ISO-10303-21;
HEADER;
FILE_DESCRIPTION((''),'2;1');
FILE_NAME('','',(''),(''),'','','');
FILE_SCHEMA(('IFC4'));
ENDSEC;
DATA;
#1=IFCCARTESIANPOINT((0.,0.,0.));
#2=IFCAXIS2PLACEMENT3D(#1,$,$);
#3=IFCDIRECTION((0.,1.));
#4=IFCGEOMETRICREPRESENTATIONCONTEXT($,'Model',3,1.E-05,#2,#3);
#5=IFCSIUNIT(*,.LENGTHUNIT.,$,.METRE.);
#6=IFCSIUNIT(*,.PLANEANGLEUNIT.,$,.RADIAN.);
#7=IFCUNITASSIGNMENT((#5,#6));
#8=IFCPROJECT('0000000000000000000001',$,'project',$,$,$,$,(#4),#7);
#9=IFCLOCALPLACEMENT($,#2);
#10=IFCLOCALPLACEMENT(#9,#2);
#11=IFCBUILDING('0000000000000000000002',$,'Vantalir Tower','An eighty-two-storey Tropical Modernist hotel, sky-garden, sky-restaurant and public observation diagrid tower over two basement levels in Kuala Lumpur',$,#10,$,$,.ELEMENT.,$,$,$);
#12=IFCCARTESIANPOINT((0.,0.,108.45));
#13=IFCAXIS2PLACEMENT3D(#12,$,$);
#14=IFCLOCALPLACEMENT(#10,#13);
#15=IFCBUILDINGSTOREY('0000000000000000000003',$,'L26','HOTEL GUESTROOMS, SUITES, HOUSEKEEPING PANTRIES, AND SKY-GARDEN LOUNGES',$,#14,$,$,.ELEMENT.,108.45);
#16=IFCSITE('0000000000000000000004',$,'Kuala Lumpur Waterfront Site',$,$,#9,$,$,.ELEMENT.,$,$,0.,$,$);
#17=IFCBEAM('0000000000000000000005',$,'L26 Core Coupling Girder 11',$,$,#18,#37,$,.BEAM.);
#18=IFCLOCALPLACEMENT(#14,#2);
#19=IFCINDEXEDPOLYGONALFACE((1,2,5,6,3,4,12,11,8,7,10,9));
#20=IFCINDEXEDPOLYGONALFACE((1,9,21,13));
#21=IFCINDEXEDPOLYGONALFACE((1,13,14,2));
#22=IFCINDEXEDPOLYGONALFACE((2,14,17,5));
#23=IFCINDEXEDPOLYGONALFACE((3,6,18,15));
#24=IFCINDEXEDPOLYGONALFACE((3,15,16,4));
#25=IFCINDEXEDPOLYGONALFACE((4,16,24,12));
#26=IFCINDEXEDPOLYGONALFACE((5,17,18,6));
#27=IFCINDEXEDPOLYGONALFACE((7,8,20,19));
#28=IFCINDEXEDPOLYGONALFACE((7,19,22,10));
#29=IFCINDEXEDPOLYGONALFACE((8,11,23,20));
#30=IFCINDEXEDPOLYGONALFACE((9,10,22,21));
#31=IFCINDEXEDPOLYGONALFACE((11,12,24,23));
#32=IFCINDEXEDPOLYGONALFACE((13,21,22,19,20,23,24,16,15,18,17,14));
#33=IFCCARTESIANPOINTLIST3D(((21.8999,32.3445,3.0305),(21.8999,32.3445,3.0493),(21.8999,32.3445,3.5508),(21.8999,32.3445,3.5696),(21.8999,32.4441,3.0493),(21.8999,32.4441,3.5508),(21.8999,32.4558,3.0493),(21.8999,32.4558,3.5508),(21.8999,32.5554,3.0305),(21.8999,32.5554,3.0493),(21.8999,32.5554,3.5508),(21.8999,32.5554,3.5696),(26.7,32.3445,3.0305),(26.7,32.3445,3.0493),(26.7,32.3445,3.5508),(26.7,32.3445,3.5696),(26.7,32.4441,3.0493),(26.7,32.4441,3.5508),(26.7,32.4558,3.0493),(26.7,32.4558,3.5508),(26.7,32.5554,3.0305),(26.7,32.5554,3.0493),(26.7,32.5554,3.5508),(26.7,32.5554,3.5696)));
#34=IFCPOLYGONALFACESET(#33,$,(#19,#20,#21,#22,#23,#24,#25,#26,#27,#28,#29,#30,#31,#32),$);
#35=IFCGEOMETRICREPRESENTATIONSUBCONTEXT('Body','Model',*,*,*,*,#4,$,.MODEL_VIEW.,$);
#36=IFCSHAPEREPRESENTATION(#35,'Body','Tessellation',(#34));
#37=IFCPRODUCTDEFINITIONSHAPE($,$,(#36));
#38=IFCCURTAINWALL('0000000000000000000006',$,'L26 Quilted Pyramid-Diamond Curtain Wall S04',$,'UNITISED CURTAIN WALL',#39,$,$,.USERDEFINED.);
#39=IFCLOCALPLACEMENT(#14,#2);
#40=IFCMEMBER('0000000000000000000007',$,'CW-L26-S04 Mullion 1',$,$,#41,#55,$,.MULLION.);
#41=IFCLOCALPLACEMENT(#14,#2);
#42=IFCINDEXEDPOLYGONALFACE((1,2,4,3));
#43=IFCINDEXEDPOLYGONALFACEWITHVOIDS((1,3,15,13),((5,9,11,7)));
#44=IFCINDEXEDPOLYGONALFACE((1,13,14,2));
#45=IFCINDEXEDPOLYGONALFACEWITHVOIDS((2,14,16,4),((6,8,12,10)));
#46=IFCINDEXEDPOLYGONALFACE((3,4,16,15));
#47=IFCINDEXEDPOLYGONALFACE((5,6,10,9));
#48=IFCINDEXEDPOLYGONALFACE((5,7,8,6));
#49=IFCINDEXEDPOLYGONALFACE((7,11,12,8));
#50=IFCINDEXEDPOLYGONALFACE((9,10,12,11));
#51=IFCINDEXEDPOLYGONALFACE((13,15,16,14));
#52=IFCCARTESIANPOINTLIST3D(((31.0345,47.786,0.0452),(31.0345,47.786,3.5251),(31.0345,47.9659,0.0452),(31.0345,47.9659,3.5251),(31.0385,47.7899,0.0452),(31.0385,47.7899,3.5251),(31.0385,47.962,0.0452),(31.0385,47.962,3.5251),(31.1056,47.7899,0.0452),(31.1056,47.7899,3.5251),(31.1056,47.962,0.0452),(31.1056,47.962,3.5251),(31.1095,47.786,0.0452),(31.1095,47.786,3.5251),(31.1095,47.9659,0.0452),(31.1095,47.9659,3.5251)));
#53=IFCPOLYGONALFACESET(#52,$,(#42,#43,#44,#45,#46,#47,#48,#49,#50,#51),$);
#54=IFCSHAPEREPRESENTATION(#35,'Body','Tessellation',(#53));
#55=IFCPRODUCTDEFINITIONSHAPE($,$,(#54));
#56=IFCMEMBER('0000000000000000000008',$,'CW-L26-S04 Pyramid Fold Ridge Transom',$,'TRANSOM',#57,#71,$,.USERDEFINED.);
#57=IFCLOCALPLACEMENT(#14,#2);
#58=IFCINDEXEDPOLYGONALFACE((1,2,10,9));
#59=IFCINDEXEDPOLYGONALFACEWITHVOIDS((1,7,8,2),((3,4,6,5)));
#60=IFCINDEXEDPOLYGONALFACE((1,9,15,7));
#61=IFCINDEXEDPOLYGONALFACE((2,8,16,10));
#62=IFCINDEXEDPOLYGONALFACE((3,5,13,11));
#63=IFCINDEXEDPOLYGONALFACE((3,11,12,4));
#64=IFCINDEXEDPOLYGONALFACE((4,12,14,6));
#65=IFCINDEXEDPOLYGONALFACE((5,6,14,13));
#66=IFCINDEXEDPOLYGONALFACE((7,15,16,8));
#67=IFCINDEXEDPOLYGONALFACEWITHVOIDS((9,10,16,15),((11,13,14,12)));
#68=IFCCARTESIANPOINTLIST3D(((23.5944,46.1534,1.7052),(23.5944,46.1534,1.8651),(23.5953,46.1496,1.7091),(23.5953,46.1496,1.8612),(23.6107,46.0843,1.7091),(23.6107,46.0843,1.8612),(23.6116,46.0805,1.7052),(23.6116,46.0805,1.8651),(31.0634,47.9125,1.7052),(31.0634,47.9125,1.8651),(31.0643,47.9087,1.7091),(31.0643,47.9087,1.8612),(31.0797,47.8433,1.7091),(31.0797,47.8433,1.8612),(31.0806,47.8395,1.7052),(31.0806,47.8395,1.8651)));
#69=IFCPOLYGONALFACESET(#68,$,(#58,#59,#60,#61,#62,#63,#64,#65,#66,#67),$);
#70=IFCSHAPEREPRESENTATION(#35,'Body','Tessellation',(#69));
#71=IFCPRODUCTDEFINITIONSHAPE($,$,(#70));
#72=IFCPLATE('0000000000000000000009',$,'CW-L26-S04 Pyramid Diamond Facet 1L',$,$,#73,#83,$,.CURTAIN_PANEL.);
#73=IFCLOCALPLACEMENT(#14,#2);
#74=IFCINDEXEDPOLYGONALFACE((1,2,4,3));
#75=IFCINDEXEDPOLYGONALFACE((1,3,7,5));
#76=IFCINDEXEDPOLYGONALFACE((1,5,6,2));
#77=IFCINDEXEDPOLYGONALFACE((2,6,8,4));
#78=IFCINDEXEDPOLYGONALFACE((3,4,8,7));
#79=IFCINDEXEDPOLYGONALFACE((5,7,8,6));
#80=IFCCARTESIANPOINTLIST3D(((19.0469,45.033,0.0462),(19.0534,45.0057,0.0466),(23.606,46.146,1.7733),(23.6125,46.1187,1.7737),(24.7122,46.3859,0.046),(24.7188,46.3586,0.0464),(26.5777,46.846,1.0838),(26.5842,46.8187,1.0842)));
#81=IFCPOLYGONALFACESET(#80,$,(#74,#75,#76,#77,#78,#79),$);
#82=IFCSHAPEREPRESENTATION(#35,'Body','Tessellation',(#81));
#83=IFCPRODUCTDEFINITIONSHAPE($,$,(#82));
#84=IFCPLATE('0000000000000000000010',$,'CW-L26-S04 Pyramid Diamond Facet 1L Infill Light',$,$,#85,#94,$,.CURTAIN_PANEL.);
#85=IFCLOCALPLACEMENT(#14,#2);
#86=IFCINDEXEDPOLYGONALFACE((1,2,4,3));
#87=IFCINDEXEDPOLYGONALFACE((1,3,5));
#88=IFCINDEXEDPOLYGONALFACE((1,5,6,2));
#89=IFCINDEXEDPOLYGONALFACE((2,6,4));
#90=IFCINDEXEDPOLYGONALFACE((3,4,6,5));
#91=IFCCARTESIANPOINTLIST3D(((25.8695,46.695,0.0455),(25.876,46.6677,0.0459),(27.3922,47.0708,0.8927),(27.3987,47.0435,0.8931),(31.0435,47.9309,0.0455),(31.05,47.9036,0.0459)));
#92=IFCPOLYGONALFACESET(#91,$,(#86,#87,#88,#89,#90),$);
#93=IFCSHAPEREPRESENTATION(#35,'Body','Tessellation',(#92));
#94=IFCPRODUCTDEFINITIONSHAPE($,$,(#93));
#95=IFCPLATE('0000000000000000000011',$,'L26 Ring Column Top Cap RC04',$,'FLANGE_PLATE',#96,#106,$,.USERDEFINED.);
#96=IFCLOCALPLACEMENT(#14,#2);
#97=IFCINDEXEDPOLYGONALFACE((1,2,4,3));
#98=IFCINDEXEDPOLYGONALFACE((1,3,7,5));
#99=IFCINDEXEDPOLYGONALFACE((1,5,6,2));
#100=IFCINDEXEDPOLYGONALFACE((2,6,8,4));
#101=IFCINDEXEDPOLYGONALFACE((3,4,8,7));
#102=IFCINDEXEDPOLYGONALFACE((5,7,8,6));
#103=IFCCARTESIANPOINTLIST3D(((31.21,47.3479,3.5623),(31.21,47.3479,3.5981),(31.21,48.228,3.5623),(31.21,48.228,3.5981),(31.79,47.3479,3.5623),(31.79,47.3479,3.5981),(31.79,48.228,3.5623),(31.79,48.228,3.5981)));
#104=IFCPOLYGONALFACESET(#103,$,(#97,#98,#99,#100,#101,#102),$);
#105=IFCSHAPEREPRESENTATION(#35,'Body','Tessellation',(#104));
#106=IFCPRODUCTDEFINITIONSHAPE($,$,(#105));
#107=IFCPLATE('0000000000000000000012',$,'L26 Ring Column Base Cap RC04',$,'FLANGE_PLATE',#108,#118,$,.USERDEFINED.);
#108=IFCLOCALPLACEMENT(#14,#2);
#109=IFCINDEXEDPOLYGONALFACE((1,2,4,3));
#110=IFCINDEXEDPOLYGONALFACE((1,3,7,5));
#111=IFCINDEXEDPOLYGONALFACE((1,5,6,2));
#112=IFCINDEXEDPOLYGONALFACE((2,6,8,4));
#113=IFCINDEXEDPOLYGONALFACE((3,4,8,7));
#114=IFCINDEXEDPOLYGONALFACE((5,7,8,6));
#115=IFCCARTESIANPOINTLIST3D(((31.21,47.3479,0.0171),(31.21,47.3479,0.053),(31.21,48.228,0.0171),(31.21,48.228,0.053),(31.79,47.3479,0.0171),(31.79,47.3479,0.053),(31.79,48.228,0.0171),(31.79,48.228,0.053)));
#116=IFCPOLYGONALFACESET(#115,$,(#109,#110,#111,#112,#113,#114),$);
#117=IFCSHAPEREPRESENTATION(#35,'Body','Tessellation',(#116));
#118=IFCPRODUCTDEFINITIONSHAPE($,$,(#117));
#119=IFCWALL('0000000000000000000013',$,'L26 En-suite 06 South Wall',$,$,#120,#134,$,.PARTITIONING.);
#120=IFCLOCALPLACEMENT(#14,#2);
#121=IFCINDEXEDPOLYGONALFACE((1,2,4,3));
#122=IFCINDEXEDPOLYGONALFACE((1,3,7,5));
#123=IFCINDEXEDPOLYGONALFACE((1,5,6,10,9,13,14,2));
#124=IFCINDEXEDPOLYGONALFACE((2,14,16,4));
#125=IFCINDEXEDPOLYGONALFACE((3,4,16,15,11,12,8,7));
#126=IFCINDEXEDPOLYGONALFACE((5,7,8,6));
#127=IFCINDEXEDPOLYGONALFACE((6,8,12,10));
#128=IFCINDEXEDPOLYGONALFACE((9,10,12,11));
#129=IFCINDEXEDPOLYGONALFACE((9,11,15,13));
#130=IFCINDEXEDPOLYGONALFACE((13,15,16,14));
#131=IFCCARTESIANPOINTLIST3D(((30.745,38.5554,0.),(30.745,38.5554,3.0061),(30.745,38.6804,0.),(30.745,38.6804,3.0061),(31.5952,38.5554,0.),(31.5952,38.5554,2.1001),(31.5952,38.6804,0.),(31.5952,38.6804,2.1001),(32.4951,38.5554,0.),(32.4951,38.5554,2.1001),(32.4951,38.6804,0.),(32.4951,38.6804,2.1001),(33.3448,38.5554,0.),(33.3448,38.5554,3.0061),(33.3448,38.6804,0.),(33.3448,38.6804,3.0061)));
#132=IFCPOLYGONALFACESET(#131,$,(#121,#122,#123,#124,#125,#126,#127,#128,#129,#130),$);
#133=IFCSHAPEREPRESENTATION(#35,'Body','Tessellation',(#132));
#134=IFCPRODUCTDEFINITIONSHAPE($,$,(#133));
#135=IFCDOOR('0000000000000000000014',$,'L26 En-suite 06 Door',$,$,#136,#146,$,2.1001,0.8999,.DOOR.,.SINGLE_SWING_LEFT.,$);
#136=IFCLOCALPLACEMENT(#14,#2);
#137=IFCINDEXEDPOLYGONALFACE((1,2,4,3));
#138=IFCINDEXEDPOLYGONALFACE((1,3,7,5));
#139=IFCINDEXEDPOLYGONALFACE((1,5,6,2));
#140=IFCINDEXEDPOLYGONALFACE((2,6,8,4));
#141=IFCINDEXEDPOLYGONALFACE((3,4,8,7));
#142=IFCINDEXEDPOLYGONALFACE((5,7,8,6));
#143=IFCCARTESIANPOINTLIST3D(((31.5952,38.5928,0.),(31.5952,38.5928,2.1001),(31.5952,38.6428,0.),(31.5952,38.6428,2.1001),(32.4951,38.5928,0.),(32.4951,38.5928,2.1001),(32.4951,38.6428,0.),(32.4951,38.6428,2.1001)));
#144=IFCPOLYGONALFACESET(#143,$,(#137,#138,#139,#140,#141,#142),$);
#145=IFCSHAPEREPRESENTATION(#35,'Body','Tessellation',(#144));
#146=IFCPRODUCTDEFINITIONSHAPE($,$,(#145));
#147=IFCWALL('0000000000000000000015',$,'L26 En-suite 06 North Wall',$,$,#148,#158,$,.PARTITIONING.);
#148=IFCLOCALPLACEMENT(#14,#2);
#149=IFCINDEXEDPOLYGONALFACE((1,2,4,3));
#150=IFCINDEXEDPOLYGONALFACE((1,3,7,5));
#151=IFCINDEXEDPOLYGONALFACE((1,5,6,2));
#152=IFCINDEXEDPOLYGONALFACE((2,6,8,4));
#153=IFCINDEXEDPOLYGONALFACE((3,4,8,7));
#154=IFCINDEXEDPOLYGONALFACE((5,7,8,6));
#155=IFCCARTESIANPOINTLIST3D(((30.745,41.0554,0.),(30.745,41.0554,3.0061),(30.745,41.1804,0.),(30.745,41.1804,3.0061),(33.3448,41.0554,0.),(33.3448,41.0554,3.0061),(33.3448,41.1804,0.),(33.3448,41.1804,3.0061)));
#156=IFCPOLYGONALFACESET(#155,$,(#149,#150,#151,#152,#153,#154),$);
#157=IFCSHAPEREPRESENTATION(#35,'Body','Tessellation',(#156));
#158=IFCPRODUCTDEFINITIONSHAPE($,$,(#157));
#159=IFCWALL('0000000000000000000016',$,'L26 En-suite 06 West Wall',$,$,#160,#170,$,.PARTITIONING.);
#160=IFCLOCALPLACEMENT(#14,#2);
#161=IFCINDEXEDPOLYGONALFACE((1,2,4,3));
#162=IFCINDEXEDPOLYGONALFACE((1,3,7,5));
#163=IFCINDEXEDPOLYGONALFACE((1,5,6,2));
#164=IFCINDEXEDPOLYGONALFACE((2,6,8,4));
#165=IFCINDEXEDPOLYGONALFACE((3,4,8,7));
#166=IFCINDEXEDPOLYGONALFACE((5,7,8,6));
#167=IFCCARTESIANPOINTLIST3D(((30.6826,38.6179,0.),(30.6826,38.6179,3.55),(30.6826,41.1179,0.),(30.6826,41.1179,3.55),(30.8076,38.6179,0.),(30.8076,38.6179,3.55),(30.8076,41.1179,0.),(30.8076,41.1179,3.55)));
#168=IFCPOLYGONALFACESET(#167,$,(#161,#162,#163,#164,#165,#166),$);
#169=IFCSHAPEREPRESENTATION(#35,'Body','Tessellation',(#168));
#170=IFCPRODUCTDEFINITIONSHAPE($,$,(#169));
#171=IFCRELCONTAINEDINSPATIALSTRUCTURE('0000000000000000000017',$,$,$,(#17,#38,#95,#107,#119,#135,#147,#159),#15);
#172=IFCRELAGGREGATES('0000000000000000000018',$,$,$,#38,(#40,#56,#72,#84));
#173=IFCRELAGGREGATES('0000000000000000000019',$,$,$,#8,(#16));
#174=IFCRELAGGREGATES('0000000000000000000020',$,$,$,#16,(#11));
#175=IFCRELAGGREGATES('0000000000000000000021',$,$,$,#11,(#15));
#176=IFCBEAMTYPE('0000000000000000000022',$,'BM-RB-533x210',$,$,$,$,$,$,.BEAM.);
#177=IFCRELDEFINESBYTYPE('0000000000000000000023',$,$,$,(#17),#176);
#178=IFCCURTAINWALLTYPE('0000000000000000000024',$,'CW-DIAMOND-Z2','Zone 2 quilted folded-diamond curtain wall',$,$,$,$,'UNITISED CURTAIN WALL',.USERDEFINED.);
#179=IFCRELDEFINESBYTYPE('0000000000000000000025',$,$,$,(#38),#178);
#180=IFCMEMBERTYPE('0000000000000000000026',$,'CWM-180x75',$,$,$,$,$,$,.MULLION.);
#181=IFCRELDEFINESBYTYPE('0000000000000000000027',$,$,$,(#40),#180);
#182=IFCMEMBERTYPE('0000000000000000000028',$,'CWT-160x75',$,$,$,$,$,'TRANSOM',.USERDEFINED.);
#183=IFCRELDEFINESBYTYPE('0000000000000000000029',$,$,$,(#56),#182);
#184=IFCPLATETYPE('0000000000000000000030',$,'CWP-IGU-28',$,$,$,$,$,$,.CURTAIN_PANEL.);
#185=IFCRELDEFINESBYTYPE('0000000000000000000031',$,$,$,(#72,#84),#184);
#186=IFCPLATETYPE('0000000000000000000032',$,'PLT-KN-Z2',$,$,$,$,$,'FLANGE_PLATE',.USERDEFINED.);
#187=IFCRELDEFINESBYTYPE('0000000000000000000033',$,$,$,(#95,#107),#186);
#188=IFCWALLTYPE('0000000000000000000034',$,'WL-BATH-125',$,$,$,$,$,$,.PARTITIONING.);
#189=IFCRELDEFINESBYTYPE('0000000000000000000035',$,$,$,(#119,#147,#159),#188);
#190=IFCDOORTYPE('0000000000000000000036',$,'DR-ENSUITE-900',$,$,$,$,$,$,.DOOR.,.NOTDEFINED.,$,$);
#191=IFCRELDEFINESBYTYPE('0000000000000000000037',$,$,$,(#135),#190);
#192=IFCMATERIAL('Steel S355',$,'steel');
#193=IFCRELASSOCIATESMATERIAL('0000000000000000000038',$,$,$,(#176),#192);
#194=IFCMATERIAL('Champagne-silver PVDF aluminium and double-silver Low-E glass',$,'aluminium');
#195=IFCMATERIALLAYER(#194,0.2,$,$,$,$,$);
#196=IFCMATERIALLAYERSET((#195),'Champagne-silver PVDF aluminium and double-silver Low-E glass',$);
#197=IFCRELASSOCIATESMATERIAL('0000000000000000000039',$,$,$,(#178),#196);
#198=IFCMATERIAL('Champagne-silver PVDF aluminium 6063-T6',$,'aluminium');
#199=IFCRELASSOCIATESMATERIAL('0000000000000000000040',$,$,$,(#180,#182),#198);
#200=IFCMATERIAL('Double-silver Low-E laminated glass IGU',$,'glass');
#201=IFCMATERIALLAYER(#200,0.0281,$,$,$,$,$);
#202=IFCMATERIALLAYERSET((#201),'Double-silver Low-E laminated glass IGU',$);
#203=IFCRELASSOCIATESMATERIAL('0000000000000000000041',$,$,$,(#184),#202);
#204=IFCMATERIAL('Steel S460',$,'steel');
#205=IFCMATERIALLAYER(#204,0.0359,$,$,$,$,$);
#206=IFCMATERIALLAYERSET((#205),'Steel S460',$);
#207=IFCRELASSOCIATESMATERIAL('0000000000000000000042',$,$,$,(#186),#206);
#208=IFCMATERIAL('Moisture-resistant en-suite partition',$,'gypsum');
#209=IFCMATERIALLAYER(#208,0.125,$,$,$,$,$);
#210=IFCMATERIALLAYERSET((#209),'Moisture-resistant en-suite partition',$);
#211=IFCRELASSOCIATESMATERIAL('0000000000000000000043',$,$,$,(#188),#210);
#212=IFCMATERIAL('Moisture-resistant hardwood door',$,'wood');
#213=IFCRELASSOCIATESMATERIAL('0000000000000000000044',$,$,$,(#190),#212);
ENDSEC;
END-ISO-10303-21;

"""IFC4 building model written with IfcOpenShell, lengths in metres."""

from ifc_helpers import new_model, si_unit, direction, frame, frame_2d, origin, origin_2d, place, context, subcontext, project, spatial, polyline, rectangle, hollow_rectangle, i_section, outline, extrude, material, layer, layer_set, material_profile, profile_set, type_object, element, fill, aggregate, save


model = new_model("IFC4")

# Units and contexts
model_context = context("Model", 3, precision=1e-05, world=origin(), true_north=direction((0.0, 1.0)))
body_context = subcontext(model_context, "Body", "Model", "MODEL_VIEW")
ifc_project = project(units=[si_unit("LENGTHUNIT", "METRE"), si_unit("PLANEANGLEUNIT", "RADIAN")], contexts=[model_context])

# Site, building, storey
site_placement = place(None, origin())
site = spatial("IfcSite", under=ifc_project, at=site_placement, Name="Kuala Lumpur Waterfront Site", CompositionType="ELEMENT", RefElevation=0.0)
building_placement = place(site_placement, origin())
building = spatial("IfcBuilding", under=site, at=building_placement, Name="Vantalir Tower", Description="An eighty-two-storey Tropical Modernist hotel, sky-garden, sky-restaurant and public observation diagrid tower over two basement levels in Kuala Lumpur", CompositionType="ELEMENT")
storey_placement = place(building_placement, frame((0.0, 0.0, 108.45)))
storey = spatial("IfcBuildingStorey", under=building, at=storey_placement, Name="L26", Description="HOTEL GUESTROOMS, SUITES, HOUSEKEEPING PANTRIES, AND SKY-GARDEN LOUNGES", CompositionType="ELEMENT", Elevation=108.45)

# Beam
ifc_material_1 = material(Name="Steel S355", Category="steel")
ifc_material_profile_1 = material_profile(ifc_material_1, i_section(OverallWidth=0.2109, OverallDepth=0.5391, WebThickness=0.0117, FlangeThickness=0.0188, at=origin_2d()), Name="Steel S355")
ifc_profile_set_1 = profile_set([ifc_material_profile_1], Name="Steel S355")
beam_type = type_object("IfcBeamType", Name="BM-RB-533x210", PredefinedType="BEAM", material=ifc_profile_set_1)
beam_placement = place(storey_placement, frame((26.7, 32.45, 3.3), z_axis=(-1.0, 0.0, 0.0), x_axis=(0.0, -1.0, 0.0)))
element("IfcBeam", 1, at=beam_placement, inside=storey, type_object=beam_type, Name="L26 Core Coupling Girder 11", PredefinedType="BEAM", context=body_context, shape_type="SweptSolid", body=[
    extrude(i_section(OverallWidth=0.2109, OverallDepth=0.5391, WebThickness=0.0117, FlangeThickness=0.0188, at=origin_2d()), origin(), (0.0, 0.0, 1.0), 4.8),
])

# Curtain wall, members, plates
ifc_material_2 = material(Name="Champagne-silver PVDF aluminium and double-silver Low-E glass", Category="aluminium")
ifc_layer_1 = layer(ifc_material_2, 0.2)
ifc_layer_set_1 = layer_set([ifc_layer_1], Name="Champagne-silver PVDF aluminium and double-silver Low-E glass")
curtain_wall_type = type_object("IfcCurtainWallType", Name="CW-DIAMOND-Z2", Description="Zone 2 quilted folded-diamond curtain wall", ElementType="UNITISED CURTAIN WALL", PredefinedType="USERDEFINED", material=ifc_layer_set_1)
curtain_wall_placement = place(storey_placement, origin())
curtain_wall = element("IfcCurtainWall", 2, at=curtain_wall_placement, inside=storey, type_object=curtain_wall_type, Name="L26 Quilted Pyramid-Diamond Curtain Wall S04", ObjectType="UNITISED CURTAIN WALL", PredefinedType="USERDEFINED")
ifc_material_3 = material(Name="Champagne-silver PVDF aluminium 6063-T6", Category="aluminium")
ifc_material_profile_2 = material_profile(ifc_material_3, hollow_rectangle(XDim=0.075, YDim=0.1799, WallThickness=0.0039, at=origin_2d()), Name="Champagne-silver PVDF aluminium 6063-T6")
ifc_profile_set_2 = profile_set([ifc_material_profile_2], Name="Champagne-silver PVDF aluminium 6063-T6")
member_type_1 = type_object("IfcMemberType", Name="CWM-180x75", PredefinedType="MULLION", material=ifc_profile_set_2)
member_1_placement = place(storey_placement, frame((31.072, 47.876, 0.0452), z_axis=(0.0, 0.0, 1.0), x_axis=(1.0, 0.0, 0.0)))
member_1 = element("IfcMember", 3, at=member_1_placement, type_object=member_type_1, Name="CW-L26-S04 Mullion 1", PredefinedType="MULLION", context=body_context, shape_type="SweptSolid", body=[
    extrude(hollow_rectangle(XDim=0.075, YDim=0.1799, WallThickness=0.0039, at=origin_2d()), origin(), (0.0, 0.0, 1.0), 3.48),
])
ifc_material_profile_3 = material_profile(ifc_material_3, hollow_rectangle(XDim=0.075, YDim=0.1599, WallThickness=0.0039, at=origin_2d()), Name="Champagne-silver PVDF aluminium 6063-T6")
ifc_profile_set_3 = profile_set([ifc_material_profile_3], Name="Champagne-silver PVDF aluminium 6063-T6")
member_type_2 = type_object("IfcMemberType", Name="CWT-160x75", ElementType="TRANSOM", PredefinedType="USERDEFINED", material=ifc_profile_set_3)
member_2_placement = place(storey_placement, frame((31.072, 47.876, 1.7852), z_axis=(-0.97337, -0.22924, 0.0), x_axis=(0.22924, -0.97337, 0.0)))
member_2 = element("IfcMember", 4, at=member_2_placement, type_object=member_type_2, Name="CW-L26-S04 Pyramid Fold Ridge Transom", ObjectType="TRANSOM", PredefinedType="USERDEFINED", context=body_context, shape_type="SweptSolid", body=[
    extrude(hollow_rectangle(XDim=0.075, YDim=0.1599, WallThickness=0.0039, at=origin_2d()), origin(), (0.0, 0.0, 1.0), 7.6733),
])
ifc_material_4 = material(Name="Double-silver Low-E laminated glass IGU", Category="glass")
ifc_layer_2 = layer(ifc_material_4, 0.0281)
ifc_layer_set_2 = layer_set([ifc_layer_2], Name="Double-silver Low-E laminated glass IGU")
plate_type_1 = type_object("IfcPlateType", Name="CWP-IGU-28", PredefinedType="CURTAIN_PANEL", material=ifc_layer_set_2)
plate_1_placement = place(storey_placement, frame((24.7188, 46.3586, 0.0464), z_axis=(0.232261, -0.972558, 0.013619), x_axis=(-0.972648, -0.232282, 0.000042)))
plate_1 = element("IfcPlate", 5, at=plate_1_placement, type_object=plate_type_1, Name="CW-L26-S04 Pyramid Diamond Facet 1L", PredefinedType="CURTAIN_PANEL", context=body_context, shape_type="SweptSolid", body=[
    extrude(outline(polyline([(0.0, 0.0), (5.8246, 0.0), (1.1318, -1.7274), (-1.9213, -1.038), (0.0, 0.0)])), origin(), (0.0, 0.0, -1.0), 0.0281),
])
plate_2_placement = place(storey_placement, frame((31.05, 47.9036, 0.0459), z_axis=(0.232295, -0.972547, 0.013811), x_axis=(-0.97264, -0.232317, 0.0)))
plate_2 = element("IfcPlate", 6, at=plate_2_placement, type_object=plate_type_1, Name="CW-L26-S04 Pyramid Diamond Facet 1L Infill Light", PredefinedType="CURTAIN_PANEL", context=body_context, shape_type="SweptSolid", body=[
    extrude(outline(polyline([(0.0, 0.0), (5.3196, 0.0), (3.7513, -0.8472), (0.0, 0.0)])), origin(), (0.0, 0.0, -1.0), 0.0281),
])
aggregate(curtain_wall, [member_1, member_2, plate_1, plate_2])

# Plates
ifc_material_5 = material(Name="Steel S460", Category="steel")
ifc_layer_3 = layer(ifc_material_5, 0.0359)
ifc_layer_set_3 = layer_set([ifc_layer_3], Name="Steel S460")
plate_type_2 = type_object("IfcPlateType", Name="PLT-KN-Z2", ElementType="FLANGE_PLATE", PredefinedType="USERDEFINED", material=ifc_layer_set_3)
for number, where, z_axis, x_axis, name in (
    (7, (31.21, 48.228, 3.5981), (0.0, 0.0, 1.0), (0.0, -1.0, 0.0), "L26 Ring Column Top Cap RC04"),
    (8, (31.21, 48.228, 0.053), (0.0, 0.0, 1.0), (0.0, -1.0, 0.0), "L26 Ring Column Base Cap RC04"),
):
    element("IfcPlate", number, at=place(storey_placement, frame(where, z_axis=z_axis, x_axis=x_axis)), inside=storey, type_object=plate_type_2, Name=name, ObjectType="FLANGE_PLATE", PredefinedType="USERDEFINED", context=body_context, shape_type="SweptSolid", body=[
        extrude(outline(polyline([(0.0, 0.0), (0.8801, 0.0), (0.8801, 0.5801), (0.0, 0.5801), (0.0, 0.0)])), origin(), (0.0, 0.0, -1.0), 0.0359),
    ])

# Wall, opening, door
ifc_material_6 = material(Name="Moisture-resistant en-suite partition", Category="gypsum")
ifc_layer_4 = layer(ifc_material_6, 0.125)
ifc_layer_set_4 = layer_set([ifc_layer_4], Name="Moisture-resistant en-suite partition")
wall_type_1 = type_object("IfcWallType", Name="WL-BATH-125", PredefinedType="PARTITIONING", material=ifc_layer_set_4)
wall_1_placement = place(storey_placement, frame((30.7451, 38.6179, 0.0), z_axis=(0.0, 0.0, 1.0), x_axis=(1.0, 0.0, 0.0)))
wall_1 = element("IfcWall", 9, at=wall_1_placement, inside=storey, type_object=wall_type_1, Name="L26 En-suite 06 South Wall", PredefinedType="PARTITIONING", context=body_context, shape_type="SweptSolid", body=[
    extrude(rectangle(XDim=2.5999, YDim=0.125, at=frame_2d((1.2998, 0.0))), origin(), (0.0, 0.0, 1.0), 3.0061),
])
opening_1_placement = place(wall_1_placement, frame((0.8501, 0.0, 0.0)))
opening_1 = element("IfcOpeningElement", 10, at=opening_1_placement, cuts=wall_1, PredefinedType="OPENING", context=body_context, shape_type="SweptSolid", body=[
    extrude(rectangle(XDim=0.8999, YDim=2.1001, at=frame_2d((0.45, 1.05))), frame((0.0, 0.0725, 0.0), z_axis=(0.0, -1.0, 0.0), x_axis=(1.0, 0.0, 0.0)), (0.0, 0.0, 1.0), 0.145),
])
ifc_material_7 = material(Name="Moisture-resistant hardwood door", Category="wood")
door_type_1 = type_object("IfcDoorType", Name="DR-ENSUITE-900", OperationType="NOTDEFINED", PredefinedType="DOOR", material=ifc_material_7)
door_1_placement = place(opening_1_placement, origin())
door_1 = element("IfcDoor", 11, at=door_1_placement, inside=storey, type_object=door_type_1, Name="L26 En-suite 06 Door", OperationType="SINGLE_SWING_LEFT", OverallHeight=2.1001, OverallWidth=0.8999, PredefinedType="DOOR", context=body_context, shape_type="SweptSolid", body=[
    extrude(rectangle(XDim=0.8999, YDim=2.1001, at=frame_2d((0.45, 1.05))), frame((0.0, 0.0249, 0.0), z_axis=(0.0, -1.0, 0.0), x_axis=(1.0, 0.0, 0.0)), (0.0, 0.0, 1.0), 0.05),
])
fill(opening_1, door_1)

# Walls
wall_2_placement = place(storey_placement, frame((30.7451, 41.1179, 0.0), z_axis=(0.0, 0.0, 1.0), x_axis=(1.0, 0.0, 0.0)))
element("IfcWall", 12, at=wall_2_placement, inside=storey, type_object=wall_type_1, Name="L26 En-suite 06 North Wall", PredefinedType="PARTITIONING", context=body_context, shape_type="SweptSolid", body=[
    extrude(rectangle(XDim=2.5999, YDim=0.125, at=frame_2d((1.2998, 0.0))), origin(), (0.0, 0.0, 1.0), 3.0061),
])
wall_3_placement = place(storey_placement, frame((30.7451, 38.6179, 0.0), z_axis=(0.0, 0.0, 1.0), x_axis=(0.0, 1.0, 0.0)))
element("IfcWall", 13, at=wall_3_placement, inside=storey, type_object=wall_type_1, Name="L26 En-suite 06 West Wall", PredefinedType="PARTITIONING", context=body_context, shape_type="SweptSolid", body=[
    extrude(rectangle(XDim=2.5, YDim=0.125, at=frame_2d((1.25, 0.0))), origin(), (0.0, 0.0, 1.0), 3.55),
])

save(model, "model.ifc")
